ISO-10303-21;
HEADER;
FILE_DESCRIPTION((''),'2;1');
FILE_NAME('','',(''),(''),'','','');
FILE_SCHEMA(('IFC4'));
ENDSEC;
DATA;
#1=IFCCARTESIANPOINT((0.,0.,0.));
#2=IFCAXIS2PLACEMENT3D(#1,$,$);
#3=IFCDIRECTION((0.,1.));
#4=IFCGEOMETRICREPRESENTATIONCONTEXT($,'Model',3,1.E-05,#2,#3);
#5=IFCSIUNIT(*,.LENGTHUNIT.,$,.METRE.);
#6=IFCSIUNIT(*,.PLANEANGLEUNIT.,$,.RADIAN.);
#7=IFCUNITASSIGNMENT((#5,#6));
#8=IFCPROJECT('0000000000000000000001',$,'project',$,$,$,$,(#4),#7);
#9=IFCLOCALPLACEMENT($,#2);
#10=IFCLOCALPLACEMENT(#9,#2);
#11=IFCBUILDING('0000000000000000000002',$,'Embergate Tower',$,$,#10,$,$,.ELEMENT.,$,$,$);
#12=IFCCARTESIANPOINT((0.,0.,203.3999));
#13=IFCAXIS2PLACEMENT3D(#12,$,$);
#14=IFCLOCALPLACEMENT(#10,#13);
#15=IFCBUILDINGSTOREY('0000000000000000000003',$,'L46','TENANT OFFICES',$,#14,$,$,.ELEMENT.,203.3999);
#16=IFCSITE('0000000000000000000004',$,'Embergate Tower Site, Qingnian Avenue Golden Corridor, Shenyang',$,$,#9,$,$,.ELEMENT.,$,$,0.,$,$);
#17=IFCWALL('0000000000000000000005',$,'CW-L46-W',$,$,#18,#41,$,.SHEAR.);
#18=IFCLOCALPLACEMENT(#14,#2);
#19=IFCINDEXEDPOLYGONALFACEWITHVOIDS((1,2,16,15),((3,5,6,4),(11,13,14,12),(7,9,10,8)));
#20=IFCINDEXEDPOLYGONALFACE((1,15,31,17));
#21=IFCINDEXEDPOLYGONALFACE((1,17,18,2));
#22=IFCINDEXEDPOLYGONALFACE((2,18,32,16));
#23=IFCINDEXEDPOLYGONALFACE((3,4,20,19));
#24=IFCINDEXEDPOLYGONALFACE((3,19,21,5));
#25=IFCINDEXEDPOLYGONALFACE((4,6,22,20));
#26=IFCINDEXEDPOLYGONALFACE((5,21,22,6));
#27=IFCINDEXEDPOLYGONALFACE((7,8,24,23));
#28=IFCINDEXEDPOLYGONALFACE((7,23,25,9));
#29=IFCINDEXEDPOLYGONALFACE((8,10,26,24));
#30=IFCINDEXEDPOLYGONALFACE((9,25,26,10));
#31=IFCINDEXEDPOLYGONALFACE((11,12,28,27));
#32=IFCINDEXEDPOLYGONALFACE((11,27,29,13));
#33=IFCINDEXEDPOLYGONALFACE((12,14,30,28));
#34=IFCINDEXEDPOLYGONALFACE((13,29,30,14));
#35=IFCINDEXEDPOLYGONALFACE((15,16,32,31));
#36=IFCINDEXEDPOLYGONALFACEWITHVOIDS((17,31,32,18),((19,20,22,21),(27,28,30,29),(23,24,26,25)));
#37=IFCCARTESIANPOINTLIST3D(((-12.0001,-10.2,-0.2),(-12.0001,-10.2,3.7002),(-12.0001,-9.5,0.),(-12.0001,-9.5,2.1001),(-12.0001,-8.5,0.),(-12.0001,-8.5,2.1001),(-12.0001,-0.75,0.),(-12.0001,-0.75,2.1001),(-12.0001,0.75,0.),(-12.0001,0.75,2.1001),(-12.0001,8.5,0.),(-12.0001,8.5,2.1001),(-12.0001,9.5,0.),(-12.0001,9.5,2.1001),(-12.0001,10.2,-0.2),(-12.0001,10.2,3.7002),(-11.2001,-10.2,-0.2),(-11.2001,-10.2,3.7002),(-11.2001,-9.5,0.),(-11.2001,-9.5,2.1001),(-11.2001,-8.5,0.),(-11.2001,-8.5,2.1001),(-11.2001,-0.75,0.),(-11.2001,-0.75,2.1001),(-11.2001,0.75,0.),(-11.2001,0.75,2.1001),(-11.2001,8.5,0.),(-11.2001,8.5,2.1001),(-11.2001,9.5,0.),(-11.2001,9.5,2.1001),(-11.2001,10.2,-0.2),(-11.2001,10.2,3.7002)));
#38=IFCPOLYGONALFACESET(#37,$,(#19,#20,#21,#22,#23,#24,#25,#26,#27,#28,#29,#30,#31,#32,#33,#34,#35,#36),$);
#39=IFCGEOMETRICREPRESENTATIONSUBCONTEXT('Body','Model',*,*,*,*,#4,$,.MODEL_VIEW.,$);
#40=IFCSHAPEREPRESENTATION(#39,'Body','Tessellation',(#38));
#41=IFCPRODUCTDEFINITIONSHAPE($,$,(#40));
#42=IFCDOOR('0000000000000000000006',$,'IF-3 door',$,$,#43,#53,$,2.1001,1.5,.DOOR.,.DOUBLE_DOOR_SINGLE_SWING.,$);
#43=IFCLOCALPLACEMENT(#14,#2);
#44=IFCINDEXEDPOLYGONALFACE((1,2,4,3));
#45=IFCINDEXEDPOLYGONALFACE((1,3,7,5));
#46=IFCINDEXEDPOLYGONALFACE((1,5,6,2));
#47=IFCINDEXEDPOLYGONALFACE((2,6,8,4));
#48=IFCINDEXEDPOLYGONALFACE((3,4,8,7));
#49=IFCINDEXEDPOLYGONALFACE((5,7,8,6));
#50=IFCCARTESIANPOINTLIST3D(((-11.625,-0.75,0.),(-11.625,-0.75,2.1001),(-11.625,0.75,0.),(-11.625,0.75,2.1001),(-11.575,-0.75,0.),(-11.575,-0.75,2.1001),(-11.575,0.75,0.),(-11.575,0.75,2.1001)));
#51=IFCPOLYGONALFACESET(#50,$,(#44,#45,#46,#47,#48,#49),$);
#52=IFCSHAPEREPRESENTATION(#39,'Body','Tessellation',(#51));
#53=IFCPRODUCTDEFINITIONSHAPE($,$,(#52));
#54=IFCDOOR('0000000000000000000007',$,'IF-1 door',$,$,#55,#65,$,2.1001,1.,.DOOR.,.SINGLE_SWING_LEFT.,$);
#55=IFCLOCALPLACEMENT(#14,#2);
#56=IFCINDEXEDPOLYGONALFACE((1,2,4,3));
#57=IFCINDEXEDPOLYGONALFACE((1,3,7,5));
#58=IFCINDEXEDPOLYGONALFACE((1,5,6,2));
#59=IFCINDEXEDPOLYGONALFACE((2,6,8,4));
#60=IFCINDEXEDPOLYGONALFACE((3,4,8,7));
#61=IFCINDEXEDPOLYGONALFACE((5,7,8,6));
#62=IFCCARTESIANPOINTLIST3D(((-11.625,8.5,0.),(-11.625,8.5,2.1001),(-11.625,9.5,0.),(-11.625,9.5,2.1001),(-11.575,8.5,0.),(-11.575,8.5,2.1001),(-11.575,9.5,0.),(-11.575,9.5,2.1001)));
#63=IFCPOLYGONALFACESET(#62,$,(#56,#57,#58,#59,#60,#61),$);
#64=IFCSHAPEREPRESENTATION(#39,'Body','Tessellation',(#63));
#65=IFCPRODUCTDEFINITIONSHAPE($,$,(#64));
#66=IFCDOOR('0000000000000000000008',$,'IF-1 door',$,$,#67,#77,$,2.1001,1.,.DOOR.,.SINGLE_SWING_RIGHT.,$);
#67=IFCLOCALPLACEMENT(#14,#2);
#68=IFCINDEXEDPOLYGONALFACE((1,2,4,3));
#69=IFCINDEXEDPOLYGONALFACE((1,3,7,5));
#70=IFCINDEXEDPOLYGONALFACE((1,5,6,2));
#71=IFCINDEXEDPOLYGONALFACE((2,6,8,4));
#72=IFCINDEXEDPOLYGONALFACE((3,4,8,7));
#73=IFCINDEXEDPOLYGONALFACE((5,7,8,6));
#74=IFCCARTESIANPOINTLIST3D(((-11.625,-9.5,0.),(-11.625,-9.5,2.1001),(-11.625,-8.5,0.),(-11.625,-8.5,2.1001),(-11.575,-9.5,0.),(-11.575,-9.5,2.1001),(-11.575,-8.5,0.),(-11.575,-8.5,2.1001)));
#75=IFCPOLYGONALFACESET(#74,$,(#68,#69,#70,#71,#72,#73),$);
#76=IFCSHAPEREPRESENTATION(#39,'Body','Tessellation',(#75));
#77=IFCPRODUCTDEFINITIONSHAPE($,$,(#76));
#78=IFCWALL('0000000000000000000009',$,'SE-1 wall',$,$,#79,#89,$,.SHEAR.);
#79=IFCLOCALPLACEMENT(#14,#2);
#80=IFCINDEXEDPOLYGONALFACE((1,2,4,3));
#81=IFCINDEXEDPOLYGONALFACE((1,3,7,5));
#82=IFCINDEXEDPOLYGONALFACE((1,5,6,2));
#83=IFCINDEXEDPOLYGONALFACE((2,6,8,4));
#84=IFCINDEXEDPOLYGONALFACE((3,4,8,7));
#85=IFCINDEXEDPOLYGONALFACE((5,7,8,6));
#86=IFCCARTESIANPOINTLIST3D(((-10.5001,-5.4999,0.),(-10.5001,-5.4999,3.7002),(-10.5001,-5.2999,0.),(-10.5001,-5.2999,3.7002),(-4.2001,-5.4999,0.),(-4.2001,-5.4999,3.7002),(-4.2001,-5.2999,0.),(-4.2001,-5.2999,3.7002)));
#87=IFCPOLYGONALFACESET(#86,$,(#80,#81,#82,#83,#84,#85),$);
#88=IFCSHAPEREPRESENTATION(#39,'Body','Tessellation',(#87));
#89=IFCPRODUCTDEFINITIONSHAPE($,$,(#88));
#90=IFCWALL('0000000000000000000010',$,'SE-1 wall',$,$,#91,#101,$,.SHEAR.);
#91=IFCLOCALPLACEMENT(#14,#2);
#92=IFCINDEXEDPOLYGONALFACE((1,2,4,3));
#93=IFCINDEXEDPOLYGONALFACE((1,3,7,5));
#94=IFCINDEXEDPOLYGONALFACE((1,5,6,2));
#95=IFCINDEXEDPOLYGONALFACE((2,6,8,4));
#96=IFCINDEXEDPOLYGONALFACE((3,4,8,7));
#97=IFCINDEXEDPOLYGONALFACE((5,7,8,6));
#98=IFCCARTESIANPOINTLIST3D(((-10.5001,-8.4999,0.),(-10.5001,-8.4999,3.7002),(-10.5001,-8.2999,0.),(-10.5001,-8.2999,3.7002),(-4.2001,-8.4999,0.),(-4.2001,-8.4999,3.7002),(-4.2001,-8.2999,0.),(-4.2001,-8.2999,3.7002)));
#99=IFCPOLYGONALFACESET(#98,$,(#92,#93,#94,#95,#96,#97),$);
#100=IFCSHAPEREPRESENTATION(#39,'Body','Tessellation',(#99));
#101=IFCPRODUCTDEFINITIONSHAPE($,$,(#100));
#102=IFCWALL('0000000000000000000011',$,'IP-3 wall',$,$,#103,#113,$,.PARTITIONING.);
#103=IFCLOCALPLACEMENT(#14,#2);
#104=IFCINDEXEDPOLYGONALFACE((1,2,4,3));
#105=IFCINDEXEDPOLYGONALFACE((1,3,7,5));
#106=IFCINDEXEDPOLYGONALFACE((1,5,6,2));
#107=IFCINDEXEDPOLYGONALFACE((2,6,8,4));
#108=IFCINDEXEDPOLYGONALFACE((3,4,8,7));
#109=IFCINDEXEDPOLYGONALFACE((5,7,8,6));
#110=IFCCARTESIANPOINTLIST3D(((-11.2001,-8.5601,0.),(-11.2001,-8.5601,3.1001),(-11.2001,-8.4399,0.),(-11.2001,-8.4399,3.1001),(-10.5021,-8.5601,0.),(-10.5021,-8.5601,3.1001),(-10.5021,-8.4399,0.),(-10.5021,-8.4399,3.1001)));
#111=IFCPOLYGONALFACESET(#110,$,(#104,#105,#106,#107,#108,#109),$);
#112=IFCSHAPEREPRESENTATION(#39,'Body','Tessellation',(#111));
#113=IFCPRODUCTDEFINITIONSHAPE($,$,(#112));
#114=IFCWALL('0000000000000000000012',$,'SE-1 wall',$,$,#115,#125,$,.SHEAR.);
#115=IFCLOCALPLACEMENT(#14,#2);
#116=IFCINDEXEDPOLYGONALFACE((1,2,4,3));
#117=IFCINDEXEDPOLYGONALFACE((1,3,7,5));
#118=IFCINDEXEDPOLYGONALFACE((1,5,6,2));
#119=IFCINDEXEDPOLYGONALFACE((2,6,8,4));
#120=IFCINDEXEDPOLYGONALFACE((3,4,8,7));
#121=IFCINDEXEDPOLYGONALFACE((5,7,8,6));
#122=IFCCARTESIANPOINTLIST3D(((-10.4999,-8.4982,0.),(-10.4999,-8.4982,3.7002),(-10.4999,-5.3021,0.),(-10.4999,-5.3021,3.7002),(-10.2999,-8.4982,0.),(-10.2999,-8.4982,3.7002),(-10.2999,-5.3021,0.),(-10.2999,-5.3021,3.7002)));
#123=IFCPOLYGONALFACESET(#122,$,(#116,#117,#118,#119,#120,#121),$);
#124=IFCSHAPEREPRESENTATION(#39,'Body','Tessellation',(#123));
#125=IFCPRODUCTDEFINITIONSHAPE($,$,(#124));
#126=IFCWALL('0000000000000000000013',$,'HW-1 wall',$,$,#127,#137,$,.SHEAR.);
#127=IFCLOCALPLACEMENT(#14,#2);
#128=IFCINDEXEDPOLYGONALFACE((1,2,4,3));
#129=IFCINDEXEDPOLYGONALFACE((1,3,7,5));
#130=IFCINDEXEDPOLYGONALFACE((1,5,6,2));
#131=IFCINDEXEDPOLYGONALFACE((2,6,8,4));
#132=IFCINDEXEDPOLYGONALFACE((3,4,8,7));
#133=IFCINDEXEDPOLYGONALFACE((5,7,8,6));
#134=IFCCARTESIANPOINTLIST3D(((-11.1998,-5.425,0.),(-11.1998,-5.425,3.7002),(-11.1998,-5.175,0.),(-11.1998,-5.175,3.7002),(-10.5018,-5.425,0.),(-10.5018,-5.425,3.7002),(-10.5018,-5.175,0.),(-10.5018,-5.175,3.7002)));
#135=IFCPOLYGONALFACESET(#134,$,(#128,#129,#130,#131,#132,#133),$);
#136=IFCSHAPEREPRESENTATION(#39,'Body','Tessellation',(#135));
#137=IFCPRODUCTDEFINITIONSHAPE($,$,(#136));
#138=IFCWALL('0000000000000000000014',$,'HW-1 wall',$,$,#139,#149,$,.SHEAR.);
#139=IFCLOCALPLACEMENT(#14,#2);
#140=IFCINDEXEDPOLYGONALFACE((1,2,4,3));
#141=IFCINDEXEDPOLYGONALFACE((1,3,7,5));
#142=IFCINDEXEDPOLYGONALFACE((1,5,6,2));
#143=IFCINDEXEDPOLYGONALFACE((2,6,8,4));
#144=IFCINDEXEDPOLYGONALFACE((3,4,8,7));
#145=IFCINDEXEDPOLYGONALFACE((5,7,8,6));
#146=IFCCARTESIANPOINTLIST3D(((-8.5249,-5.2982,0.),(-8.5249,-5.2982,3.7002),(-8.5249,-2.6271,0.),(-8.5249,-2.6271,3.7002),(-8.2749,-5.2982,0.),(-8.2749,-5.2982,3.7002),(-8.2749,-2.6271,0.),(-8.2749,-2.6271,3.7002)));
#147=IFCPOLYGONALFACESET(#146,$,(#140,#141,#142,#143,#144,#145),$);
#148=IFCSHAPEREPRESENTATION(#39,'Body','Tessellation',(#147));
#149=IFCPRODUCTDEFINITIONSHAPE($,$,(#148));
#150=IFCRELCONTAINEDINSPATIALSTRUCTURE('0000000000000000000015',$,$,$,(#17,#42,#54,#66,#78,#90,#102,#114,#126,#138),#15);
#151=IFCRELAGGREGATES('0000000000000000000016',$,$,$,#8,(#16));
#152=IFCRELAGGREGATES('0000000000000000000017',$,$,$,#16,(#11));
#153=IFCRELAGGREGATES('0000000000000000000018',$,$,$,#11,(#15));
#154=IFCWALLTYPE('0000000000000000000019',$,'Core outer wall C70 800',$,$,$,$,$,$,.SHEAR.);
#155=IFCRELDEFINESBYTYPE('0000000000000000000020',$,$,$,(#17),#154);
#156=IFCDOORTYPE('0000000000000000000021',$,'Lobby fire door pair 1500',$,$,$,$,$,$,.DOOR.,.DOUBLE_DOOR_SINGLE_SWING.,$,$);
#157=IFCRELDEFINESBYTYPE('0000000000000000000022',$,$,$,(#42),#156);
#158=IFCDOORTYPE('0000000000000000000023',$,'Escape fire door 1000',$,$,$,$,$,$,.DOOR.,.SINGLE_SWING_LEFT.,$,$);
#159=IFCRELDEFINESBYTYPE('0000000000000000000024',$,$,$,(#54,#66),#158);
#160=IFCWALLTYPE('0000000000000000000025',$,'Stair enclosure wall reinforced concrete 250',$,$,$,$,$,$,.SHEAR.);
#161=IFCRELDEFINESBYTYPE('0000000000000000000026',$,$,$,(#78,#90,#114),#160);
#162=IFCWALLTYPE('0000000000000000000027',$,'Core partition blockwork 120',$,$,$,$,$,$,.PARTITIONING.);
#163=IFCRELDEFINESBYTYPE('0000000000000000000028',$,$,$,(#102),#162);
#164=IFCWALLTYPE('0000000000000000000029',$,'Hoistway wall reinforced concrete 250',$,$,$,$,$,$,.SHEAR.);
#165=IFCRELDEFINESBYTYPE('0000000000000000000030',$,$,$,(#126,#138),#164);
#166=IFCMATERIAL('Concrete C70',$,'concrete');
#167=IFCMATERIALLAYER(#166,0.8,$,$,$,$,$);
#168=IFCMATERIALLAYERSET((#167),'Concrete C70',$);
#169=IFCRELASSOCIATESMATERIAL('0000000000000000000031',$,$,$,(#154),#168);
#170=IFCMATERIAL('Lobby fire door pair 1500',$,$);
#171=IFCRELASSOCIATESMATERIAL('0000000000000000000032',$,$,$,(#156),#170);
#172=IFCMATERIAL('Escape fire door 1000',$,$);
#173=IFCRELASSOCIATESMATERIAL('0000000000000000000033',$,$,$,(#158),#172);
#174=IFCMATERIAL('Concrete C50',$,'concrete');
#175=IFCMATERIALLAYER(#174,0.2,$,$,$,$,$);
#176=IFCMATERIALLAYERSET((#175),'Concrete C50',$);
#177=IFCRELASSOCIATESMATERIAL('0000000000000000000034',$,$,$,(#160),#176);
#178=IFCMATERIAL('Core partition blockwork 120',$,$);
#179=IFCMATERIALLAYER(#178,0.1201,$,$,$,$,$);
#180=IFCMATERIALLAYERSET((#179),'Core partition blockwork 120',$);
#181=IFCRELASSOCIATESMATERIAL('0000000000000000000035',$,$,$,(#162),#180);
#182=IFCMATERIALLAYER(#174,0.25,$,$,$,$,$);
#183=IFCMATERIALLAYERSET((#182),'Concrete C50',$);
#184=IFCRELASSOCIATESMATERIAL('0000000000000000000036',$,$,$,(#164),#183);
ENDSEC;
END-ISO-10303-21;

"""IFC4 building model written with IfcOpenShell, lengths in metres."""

from ifc_helpers import new_model, si_unit, direction, frame, frame_2d, origin, place, context, subcontext, project, spatial, rectangle, extrude, source, transform, mapped, material, layer, layer_set, type_object, element, fill, save


model = new_model("IFC4")

# Units and contexts
model_context = context("Model", 3, precision=1e-05, world=origin(), true_north=direction((0.0, 1.0)))
body_context = subcontext(model_context, "Body", "Model", "MODEL_VIEW")
ifc_project = project(units=[si_unit("LENGTHUNIT", "METRE"), si_unit("PLANEANGLEUNIT", "RADIAN")], contexts=[model_context])

# Site, building, storey
site_placement = place(None, origin())
site = spatial("IfcSite", under=ifc_project, at=site_placement, Name="Embergate Tower Site, Qingnian Avenue Golden Corridor, Shenyang", CompositionType="ELEMENT", RefElevation=0.0)
building_placement = place(site_placement, origin())
building = spatial("IfcBuilding", under=site, at=building_placement, Name="Embergate Tower", CompositionType="ELEMENT")
storey_placement = place(building_placement, frame((0.0, 0.0, 203.3999)))
storey = spatial("IfcBuildingStorey", under=building, at=storey_placement, Name="L46", Description="TENANT OFFICES", CompositionType="ELEMENT", Elevation=203.3999)

# Shared definitions
ifc_material_1 = material(Name="Concrete C70", Category="concrete")
ifc_layer_1 = layer(ifc_material_1, 0.8)
ifc_layer_set_1 = layer_set([ifc_layer_1], Name="Concrete C70")
wall_type_1 = type_object("IfcWallType", Name="Core outer wall C70 800", PredefinedType="SHEAR", material=ifc_layer_set_1)

# Wall, openings, doors
shared_shape_1 = source(origin(), body_context, "Body", "SweptSolid", [
    extrude(rectangle(XDim=20.3999, YDim=0.8, at=frame_2d((10.2, 0.0))), origin(), (0.0, 0.0, 1.0), 3.9001),
])
wall_1_placement = place(storey_placement, frame((-11.6001, -10.2, -0.2), z_axis=(0.0, 0.0, 1.0), x_axis=(0.0, 1.0, 0.0)))
wall_1 = element("IfcWall", 1, at=wall_1_placement, inside=storey, type_object=wall_type_1, Name="CW-L46-W", PredefinedType="SHEAR", context=body_context, shape_type="MappedRepresentation", body=[
    mapped(shared_shape_1, transform((0.0, 0.0, 0.0))),
])
shared_shape_2 = source(origin(), body_context, "Body", "SweptSolid", [
    extrude(rectangle(XDim=1.0, YDim=2.1001, at=frame_2d((0.5, 1.05))), frame((0.0, 0.4099, 0.0), z_axis=(0.0, -1.0, 0.0), x_axis=(1.0, 0.0, 0.0)), (0.0, 0.0, 1.0), 0.8201),
])
opening_1_placement = place(wall_1_placement, frame((18.7, 0.0, 0.2)))
opening_1 = element("IfcOpeningElement", 2, at=opening_1_placement, cuts=wall_1, PredefinedType="OPENING", context=body_context, shape_type="MappedRepresentation", body=[
    mapped(shared_shape_2, transform((0.0, 0.0, 0.0))),
])
opening_2_placement = place(wall_1_placement, frame((0.7, 0.0, 0.2)))
opening_2 = element("IfcOpeningElement", 3, at=opening_2_placement, cuts=wall_1, PredefinedType="OPENING", context=body_context, shape_type="MappedRepresentation", body=[
    mapped(shared_shape_2, transform((0.0, 0.0, 0.0))),
])
shared_shape_3 = source(origin(), body_context, "Body", "SweptSolid", [
    extrude(rectangle(XDim=1.5, YDim=2.1001, at=frame_2d((0.75, 1.05))), frame((0.0, 0.4099, 0.0), z_axis=(0.0, -1.0, 0.0), x_axis=(1.0, 0.0, 0.0)), (0.0, 0.0, 1.0), 0.8201),
])
opening_3_placement = place(wall_1_placement, frame((9.45, 0.0, 0.2)))
opening_3 = element("IfcOpeningElement", 4, at=opening_3_placement, cuts=wall_1, PredefinedType="OPENING", context=body_context, shape_type="MappedRepresentation", body=[
    mapped(shared_shape_3, transform((0.0, 0.0, 0.0))),
])
ifc_material_2 = material(Name="Lobby fire door pair 1500")
door_type_1 = type_object("IfcDoorType", Name="Lobby fire door pair 1500", OperationType="DOUBLE_DOOR_SINGLE_SWING", PredefinedType="DOOR", material=ifc_material_2)
shared_shape_4 = source(origin(), body_context, "Body", "SweptSolid", [
    extrude(rectangle(XDim=1.5, YDim=2.1001, at=frame_2d((0.75, 1.05))), frame((0.0, 0.0249, 0.0), z_axis=(0.0, -1.0, 0.0), x_axis=(1.0, 0.0, 0.0)), (0.0, 0.0, 1.0), 0.05),
])
door_1_placement = place(opening_3_placement, origin())
door_1 = element("IfcDoor", 5, at=door_1_placement, inside=storey, type_object=door_type_1, Name="IF-3 door", OperationType="DOUBLE_DOOR_SINGLE_SWING", OverallHeight=2.1001, OverallWidth=1.5, PredefinedType="DOOR", context=body_context, shape_type="MappedRepresentation", body=[
    mapped(shared_shape_4, transform((0.0, 0.0, 0.0))),
])
fill(opening_3, door_1)
ifc_material_3 = material(Name="Escape fire door 1000")
door_type_2 = type_object("IfcDoorType", Name="Escape fire door 1000", OperationType="SINGLE_SWING_LEFT", PredefinedType="DOOR", material=ifc_material_3)
shared_shape_5 = source(origin(), body_context, "Body", "SweptSolid", [
    extrude(rectangle(XDim=1.0, YDim=2.1001, at=frame_2d((0.5, 1.05))), frame((0.0, 0.0249, 0.0), z_axis=(0.0, -1.0, 0.0), x_axis=(1.0, 0.0, 0.0)), (0.0, 0.0, 1.0), 0.05),
])
door_2_placement = place(opening_1_placement, origin())
door_2 = element("IfcDoor", 6, at=door_2_placement, inside=storey, type_object=door_type_2, Name="IF-1 door", OperationType="SINGLE_SWING_LEFT", OverallHeight=2.1001, OverallWidth=1.0, PredefinedType="DOOR", context=body_context, shape_type="MappedRepresentation", body=[
    mapped(shared_shape_5, transform((0.0, 0.0, 0.0))),
])
fill(opening_1, door_2)
door_3_placement = place(opening_2_placement, origin())
door_3 = element("IfcDoor", 7, at=door_3_placement, inside=storey, type_object=door_type_2, Name="IF-1 door", OperationType="SINGLE_SWING_RIGHT", OverallHeight=2.1001, OverallWidth=1.0, PredefinedType="DOOR", context=body_context, shape_type="MappedRepresentation", body=[
    mapped(shared_shape_5, transform((0.0, 0.0, 0.0))),
])
fill(opening_2, door_3)

# Walls
ifc_material_4 = material(Name="Concrete C50", Category="concrete")
ifc_layer_2 = layer(ifc_material_4, 0.2)
ifc_layer_set_2 = layer_set([ifc_layer_2], Name="Concrete C50")
wall_type_2 = type_object("IfcWallType", Name="Stair enclosure wall reinforced concrete 250", PredefinedType="SHEAR", material=ifc_layer_set_2)
shared_shape_6 = source(origin(), body_context, "Body", "SweptSolid", [
    extrude(rectangle(XDim=6.3, YDim=0.2, at=frame_2d((3.1499, 0.0))), origin(), (0.0, 0.0, 1.0), 3.7002),
])
for number, where, z_axis, x_axis, name in (
    (8, (-10.5, -5.3999, 0.0), (0.0, 0.0, 1.0), (1.0, 0.0, 0.0), "SE-1 wall"),
    (9, (-10.5, -8.3999, 0.0), (0.0, 0.0, 1.0), (1.0, 0.0, 0.0), "SE-1 wall"),
):
    element("IfcWall", number, at=place(storey_placement, frame(where, z_axis=z_axis, x_axis=x_axis)), inside=storey, type_object=wall_type_2, Name=name, PredefinedType="SHEAR", context=body_context, shape_type="MappedRepresentation", body=[
        mapped(shared_shape_6, transform((0.0, 0.0, 0.0))),
    ])
ifc_material_5 = material(Name="Core partition blockwork 120")
ifc_layer_3 = layer(ifc_material_5, 0.1201)
ifc_layer_set_3 = layer_set([ifc_layer_3], Name="Core partition blockwork 120")
wall_type_3 = type_object("IfcWallType", Name="Core partition blockwork 120", PredefinedType="PARTITIONING", material=ifc_layer_set_3)
shared_shape_7 = source(origin(), body_context, "Body", "SweptSolid", [
    extrude(rectangle(XDim=0.698, YDim=0.1201, at=frame_2d((0.3491, 0.0))), origin(), (0.0, 0.0, 1.0), 3.1001),
])
wall_2_placement = place(storey_placement, frame((-10.502, -8.5, 0.0), z_axis=(0.0, 0.0, 1.0), x_axis=(-1.0, 0.0, 0.0)))
element("IfcWall", 10, at=wall_2_placement, inside=storey, type_object=wall_type_3, Name="IP-3 wall", PredefinedType="PARTITIONING", context=body_context, shape_type="MappedRepresentation", body=[
    mapped(shared_shape_7, transform((0.0, 0.0, 0.0))),
])
shared_shape_8 = source(origin(), body_context, "Body", "SweptSolid", [
    extrude(rectangle(XDim=3.196, YDim=0.2, at=frame_2d((1.5981, 0.0))), origin(), (0.0, 0.0, 1.0), 3.7002),
])
wall_3_placement = place(storey_placement, frame((-10.3999, -5.302, 0.0), z_axis=(0.0, 0.0, 1.0), x_axis=(0.0, -1.0, 0.0)))
element("IfcWall", 11, at=wall_3_placement, inside=storey, type_object=wall_type_2, Name="SE-1 wall", PredefinedType="SHEAR", context=body_context, shape_type="MappedRepresentation", body=[
    mapped(shared_shape_8, transform((0.0, 0.0, 0.0))),
])
ifc_layer_4 = layer(ifc_material_4, 0.25)
ifc_layer_set_4 = layer_set([ifc_layer_4], Name="Concrete C50")
wall_type_4 = type_object("IfcWallType", Name="Hoistway wall reinforced concrete 250", PredefinedType="SHEAR", material=ifc_layer_set_4)
shared_shape_9 = source(origin(), body_context, "Body", "SweptSolid", [
    extrude(rectangle(XDim=0.698, YDim=0.25, at=frame_2d((0.3491, 0.0))), origin(), (0.0, 0.0, 1.0), 3.7002),
])
wall_4_placement = place(storey_placement, frame((-11.2, -5.3, 0.0), z_axis=(0.0, 0.0, 1.0), x_axis=(1.0, 0.0, 0.0)))
element("IfcWall", 12, at=wall_4_placement, inside=storey, type_object=wall_type_4, Name="HW-1 wall", PredefinedType="SHEAR", context=body_context, shape_type="MappedRepresentation", body=[
    mapped(shared_shape_9, transform((0.0, 0.0, 0.0))),
])
shared_shape_10 = source(origin(), body_context, "Body", "SweptSolid", [
    extrude(rectangle(XDim=2.6711, YDim=0.25, at=frame_2d((1.3354, 0.0))), origin(), (0.0, 0.0, 1.0), 3.7002),
])
wall_5_placement = place(storey_placement, frame((-8.3999, -5.2981, 0.0), z_axis=(0.0, 0.0, 1.0), x_axis=(0.0, 1.0, 0.0)))
element("IfcWall", 13, at=wall_5_placement, inside=storey, type_object=wall_type_4, Name="HW-1 wall", PredefinedType="SHEAR", context=body_context, shape_type="MappedRepresentation", body=[
    mapped(shared_shape_10, transform((0.0, 0.0, 0.0))),
])

save(model, "model.ifc")
